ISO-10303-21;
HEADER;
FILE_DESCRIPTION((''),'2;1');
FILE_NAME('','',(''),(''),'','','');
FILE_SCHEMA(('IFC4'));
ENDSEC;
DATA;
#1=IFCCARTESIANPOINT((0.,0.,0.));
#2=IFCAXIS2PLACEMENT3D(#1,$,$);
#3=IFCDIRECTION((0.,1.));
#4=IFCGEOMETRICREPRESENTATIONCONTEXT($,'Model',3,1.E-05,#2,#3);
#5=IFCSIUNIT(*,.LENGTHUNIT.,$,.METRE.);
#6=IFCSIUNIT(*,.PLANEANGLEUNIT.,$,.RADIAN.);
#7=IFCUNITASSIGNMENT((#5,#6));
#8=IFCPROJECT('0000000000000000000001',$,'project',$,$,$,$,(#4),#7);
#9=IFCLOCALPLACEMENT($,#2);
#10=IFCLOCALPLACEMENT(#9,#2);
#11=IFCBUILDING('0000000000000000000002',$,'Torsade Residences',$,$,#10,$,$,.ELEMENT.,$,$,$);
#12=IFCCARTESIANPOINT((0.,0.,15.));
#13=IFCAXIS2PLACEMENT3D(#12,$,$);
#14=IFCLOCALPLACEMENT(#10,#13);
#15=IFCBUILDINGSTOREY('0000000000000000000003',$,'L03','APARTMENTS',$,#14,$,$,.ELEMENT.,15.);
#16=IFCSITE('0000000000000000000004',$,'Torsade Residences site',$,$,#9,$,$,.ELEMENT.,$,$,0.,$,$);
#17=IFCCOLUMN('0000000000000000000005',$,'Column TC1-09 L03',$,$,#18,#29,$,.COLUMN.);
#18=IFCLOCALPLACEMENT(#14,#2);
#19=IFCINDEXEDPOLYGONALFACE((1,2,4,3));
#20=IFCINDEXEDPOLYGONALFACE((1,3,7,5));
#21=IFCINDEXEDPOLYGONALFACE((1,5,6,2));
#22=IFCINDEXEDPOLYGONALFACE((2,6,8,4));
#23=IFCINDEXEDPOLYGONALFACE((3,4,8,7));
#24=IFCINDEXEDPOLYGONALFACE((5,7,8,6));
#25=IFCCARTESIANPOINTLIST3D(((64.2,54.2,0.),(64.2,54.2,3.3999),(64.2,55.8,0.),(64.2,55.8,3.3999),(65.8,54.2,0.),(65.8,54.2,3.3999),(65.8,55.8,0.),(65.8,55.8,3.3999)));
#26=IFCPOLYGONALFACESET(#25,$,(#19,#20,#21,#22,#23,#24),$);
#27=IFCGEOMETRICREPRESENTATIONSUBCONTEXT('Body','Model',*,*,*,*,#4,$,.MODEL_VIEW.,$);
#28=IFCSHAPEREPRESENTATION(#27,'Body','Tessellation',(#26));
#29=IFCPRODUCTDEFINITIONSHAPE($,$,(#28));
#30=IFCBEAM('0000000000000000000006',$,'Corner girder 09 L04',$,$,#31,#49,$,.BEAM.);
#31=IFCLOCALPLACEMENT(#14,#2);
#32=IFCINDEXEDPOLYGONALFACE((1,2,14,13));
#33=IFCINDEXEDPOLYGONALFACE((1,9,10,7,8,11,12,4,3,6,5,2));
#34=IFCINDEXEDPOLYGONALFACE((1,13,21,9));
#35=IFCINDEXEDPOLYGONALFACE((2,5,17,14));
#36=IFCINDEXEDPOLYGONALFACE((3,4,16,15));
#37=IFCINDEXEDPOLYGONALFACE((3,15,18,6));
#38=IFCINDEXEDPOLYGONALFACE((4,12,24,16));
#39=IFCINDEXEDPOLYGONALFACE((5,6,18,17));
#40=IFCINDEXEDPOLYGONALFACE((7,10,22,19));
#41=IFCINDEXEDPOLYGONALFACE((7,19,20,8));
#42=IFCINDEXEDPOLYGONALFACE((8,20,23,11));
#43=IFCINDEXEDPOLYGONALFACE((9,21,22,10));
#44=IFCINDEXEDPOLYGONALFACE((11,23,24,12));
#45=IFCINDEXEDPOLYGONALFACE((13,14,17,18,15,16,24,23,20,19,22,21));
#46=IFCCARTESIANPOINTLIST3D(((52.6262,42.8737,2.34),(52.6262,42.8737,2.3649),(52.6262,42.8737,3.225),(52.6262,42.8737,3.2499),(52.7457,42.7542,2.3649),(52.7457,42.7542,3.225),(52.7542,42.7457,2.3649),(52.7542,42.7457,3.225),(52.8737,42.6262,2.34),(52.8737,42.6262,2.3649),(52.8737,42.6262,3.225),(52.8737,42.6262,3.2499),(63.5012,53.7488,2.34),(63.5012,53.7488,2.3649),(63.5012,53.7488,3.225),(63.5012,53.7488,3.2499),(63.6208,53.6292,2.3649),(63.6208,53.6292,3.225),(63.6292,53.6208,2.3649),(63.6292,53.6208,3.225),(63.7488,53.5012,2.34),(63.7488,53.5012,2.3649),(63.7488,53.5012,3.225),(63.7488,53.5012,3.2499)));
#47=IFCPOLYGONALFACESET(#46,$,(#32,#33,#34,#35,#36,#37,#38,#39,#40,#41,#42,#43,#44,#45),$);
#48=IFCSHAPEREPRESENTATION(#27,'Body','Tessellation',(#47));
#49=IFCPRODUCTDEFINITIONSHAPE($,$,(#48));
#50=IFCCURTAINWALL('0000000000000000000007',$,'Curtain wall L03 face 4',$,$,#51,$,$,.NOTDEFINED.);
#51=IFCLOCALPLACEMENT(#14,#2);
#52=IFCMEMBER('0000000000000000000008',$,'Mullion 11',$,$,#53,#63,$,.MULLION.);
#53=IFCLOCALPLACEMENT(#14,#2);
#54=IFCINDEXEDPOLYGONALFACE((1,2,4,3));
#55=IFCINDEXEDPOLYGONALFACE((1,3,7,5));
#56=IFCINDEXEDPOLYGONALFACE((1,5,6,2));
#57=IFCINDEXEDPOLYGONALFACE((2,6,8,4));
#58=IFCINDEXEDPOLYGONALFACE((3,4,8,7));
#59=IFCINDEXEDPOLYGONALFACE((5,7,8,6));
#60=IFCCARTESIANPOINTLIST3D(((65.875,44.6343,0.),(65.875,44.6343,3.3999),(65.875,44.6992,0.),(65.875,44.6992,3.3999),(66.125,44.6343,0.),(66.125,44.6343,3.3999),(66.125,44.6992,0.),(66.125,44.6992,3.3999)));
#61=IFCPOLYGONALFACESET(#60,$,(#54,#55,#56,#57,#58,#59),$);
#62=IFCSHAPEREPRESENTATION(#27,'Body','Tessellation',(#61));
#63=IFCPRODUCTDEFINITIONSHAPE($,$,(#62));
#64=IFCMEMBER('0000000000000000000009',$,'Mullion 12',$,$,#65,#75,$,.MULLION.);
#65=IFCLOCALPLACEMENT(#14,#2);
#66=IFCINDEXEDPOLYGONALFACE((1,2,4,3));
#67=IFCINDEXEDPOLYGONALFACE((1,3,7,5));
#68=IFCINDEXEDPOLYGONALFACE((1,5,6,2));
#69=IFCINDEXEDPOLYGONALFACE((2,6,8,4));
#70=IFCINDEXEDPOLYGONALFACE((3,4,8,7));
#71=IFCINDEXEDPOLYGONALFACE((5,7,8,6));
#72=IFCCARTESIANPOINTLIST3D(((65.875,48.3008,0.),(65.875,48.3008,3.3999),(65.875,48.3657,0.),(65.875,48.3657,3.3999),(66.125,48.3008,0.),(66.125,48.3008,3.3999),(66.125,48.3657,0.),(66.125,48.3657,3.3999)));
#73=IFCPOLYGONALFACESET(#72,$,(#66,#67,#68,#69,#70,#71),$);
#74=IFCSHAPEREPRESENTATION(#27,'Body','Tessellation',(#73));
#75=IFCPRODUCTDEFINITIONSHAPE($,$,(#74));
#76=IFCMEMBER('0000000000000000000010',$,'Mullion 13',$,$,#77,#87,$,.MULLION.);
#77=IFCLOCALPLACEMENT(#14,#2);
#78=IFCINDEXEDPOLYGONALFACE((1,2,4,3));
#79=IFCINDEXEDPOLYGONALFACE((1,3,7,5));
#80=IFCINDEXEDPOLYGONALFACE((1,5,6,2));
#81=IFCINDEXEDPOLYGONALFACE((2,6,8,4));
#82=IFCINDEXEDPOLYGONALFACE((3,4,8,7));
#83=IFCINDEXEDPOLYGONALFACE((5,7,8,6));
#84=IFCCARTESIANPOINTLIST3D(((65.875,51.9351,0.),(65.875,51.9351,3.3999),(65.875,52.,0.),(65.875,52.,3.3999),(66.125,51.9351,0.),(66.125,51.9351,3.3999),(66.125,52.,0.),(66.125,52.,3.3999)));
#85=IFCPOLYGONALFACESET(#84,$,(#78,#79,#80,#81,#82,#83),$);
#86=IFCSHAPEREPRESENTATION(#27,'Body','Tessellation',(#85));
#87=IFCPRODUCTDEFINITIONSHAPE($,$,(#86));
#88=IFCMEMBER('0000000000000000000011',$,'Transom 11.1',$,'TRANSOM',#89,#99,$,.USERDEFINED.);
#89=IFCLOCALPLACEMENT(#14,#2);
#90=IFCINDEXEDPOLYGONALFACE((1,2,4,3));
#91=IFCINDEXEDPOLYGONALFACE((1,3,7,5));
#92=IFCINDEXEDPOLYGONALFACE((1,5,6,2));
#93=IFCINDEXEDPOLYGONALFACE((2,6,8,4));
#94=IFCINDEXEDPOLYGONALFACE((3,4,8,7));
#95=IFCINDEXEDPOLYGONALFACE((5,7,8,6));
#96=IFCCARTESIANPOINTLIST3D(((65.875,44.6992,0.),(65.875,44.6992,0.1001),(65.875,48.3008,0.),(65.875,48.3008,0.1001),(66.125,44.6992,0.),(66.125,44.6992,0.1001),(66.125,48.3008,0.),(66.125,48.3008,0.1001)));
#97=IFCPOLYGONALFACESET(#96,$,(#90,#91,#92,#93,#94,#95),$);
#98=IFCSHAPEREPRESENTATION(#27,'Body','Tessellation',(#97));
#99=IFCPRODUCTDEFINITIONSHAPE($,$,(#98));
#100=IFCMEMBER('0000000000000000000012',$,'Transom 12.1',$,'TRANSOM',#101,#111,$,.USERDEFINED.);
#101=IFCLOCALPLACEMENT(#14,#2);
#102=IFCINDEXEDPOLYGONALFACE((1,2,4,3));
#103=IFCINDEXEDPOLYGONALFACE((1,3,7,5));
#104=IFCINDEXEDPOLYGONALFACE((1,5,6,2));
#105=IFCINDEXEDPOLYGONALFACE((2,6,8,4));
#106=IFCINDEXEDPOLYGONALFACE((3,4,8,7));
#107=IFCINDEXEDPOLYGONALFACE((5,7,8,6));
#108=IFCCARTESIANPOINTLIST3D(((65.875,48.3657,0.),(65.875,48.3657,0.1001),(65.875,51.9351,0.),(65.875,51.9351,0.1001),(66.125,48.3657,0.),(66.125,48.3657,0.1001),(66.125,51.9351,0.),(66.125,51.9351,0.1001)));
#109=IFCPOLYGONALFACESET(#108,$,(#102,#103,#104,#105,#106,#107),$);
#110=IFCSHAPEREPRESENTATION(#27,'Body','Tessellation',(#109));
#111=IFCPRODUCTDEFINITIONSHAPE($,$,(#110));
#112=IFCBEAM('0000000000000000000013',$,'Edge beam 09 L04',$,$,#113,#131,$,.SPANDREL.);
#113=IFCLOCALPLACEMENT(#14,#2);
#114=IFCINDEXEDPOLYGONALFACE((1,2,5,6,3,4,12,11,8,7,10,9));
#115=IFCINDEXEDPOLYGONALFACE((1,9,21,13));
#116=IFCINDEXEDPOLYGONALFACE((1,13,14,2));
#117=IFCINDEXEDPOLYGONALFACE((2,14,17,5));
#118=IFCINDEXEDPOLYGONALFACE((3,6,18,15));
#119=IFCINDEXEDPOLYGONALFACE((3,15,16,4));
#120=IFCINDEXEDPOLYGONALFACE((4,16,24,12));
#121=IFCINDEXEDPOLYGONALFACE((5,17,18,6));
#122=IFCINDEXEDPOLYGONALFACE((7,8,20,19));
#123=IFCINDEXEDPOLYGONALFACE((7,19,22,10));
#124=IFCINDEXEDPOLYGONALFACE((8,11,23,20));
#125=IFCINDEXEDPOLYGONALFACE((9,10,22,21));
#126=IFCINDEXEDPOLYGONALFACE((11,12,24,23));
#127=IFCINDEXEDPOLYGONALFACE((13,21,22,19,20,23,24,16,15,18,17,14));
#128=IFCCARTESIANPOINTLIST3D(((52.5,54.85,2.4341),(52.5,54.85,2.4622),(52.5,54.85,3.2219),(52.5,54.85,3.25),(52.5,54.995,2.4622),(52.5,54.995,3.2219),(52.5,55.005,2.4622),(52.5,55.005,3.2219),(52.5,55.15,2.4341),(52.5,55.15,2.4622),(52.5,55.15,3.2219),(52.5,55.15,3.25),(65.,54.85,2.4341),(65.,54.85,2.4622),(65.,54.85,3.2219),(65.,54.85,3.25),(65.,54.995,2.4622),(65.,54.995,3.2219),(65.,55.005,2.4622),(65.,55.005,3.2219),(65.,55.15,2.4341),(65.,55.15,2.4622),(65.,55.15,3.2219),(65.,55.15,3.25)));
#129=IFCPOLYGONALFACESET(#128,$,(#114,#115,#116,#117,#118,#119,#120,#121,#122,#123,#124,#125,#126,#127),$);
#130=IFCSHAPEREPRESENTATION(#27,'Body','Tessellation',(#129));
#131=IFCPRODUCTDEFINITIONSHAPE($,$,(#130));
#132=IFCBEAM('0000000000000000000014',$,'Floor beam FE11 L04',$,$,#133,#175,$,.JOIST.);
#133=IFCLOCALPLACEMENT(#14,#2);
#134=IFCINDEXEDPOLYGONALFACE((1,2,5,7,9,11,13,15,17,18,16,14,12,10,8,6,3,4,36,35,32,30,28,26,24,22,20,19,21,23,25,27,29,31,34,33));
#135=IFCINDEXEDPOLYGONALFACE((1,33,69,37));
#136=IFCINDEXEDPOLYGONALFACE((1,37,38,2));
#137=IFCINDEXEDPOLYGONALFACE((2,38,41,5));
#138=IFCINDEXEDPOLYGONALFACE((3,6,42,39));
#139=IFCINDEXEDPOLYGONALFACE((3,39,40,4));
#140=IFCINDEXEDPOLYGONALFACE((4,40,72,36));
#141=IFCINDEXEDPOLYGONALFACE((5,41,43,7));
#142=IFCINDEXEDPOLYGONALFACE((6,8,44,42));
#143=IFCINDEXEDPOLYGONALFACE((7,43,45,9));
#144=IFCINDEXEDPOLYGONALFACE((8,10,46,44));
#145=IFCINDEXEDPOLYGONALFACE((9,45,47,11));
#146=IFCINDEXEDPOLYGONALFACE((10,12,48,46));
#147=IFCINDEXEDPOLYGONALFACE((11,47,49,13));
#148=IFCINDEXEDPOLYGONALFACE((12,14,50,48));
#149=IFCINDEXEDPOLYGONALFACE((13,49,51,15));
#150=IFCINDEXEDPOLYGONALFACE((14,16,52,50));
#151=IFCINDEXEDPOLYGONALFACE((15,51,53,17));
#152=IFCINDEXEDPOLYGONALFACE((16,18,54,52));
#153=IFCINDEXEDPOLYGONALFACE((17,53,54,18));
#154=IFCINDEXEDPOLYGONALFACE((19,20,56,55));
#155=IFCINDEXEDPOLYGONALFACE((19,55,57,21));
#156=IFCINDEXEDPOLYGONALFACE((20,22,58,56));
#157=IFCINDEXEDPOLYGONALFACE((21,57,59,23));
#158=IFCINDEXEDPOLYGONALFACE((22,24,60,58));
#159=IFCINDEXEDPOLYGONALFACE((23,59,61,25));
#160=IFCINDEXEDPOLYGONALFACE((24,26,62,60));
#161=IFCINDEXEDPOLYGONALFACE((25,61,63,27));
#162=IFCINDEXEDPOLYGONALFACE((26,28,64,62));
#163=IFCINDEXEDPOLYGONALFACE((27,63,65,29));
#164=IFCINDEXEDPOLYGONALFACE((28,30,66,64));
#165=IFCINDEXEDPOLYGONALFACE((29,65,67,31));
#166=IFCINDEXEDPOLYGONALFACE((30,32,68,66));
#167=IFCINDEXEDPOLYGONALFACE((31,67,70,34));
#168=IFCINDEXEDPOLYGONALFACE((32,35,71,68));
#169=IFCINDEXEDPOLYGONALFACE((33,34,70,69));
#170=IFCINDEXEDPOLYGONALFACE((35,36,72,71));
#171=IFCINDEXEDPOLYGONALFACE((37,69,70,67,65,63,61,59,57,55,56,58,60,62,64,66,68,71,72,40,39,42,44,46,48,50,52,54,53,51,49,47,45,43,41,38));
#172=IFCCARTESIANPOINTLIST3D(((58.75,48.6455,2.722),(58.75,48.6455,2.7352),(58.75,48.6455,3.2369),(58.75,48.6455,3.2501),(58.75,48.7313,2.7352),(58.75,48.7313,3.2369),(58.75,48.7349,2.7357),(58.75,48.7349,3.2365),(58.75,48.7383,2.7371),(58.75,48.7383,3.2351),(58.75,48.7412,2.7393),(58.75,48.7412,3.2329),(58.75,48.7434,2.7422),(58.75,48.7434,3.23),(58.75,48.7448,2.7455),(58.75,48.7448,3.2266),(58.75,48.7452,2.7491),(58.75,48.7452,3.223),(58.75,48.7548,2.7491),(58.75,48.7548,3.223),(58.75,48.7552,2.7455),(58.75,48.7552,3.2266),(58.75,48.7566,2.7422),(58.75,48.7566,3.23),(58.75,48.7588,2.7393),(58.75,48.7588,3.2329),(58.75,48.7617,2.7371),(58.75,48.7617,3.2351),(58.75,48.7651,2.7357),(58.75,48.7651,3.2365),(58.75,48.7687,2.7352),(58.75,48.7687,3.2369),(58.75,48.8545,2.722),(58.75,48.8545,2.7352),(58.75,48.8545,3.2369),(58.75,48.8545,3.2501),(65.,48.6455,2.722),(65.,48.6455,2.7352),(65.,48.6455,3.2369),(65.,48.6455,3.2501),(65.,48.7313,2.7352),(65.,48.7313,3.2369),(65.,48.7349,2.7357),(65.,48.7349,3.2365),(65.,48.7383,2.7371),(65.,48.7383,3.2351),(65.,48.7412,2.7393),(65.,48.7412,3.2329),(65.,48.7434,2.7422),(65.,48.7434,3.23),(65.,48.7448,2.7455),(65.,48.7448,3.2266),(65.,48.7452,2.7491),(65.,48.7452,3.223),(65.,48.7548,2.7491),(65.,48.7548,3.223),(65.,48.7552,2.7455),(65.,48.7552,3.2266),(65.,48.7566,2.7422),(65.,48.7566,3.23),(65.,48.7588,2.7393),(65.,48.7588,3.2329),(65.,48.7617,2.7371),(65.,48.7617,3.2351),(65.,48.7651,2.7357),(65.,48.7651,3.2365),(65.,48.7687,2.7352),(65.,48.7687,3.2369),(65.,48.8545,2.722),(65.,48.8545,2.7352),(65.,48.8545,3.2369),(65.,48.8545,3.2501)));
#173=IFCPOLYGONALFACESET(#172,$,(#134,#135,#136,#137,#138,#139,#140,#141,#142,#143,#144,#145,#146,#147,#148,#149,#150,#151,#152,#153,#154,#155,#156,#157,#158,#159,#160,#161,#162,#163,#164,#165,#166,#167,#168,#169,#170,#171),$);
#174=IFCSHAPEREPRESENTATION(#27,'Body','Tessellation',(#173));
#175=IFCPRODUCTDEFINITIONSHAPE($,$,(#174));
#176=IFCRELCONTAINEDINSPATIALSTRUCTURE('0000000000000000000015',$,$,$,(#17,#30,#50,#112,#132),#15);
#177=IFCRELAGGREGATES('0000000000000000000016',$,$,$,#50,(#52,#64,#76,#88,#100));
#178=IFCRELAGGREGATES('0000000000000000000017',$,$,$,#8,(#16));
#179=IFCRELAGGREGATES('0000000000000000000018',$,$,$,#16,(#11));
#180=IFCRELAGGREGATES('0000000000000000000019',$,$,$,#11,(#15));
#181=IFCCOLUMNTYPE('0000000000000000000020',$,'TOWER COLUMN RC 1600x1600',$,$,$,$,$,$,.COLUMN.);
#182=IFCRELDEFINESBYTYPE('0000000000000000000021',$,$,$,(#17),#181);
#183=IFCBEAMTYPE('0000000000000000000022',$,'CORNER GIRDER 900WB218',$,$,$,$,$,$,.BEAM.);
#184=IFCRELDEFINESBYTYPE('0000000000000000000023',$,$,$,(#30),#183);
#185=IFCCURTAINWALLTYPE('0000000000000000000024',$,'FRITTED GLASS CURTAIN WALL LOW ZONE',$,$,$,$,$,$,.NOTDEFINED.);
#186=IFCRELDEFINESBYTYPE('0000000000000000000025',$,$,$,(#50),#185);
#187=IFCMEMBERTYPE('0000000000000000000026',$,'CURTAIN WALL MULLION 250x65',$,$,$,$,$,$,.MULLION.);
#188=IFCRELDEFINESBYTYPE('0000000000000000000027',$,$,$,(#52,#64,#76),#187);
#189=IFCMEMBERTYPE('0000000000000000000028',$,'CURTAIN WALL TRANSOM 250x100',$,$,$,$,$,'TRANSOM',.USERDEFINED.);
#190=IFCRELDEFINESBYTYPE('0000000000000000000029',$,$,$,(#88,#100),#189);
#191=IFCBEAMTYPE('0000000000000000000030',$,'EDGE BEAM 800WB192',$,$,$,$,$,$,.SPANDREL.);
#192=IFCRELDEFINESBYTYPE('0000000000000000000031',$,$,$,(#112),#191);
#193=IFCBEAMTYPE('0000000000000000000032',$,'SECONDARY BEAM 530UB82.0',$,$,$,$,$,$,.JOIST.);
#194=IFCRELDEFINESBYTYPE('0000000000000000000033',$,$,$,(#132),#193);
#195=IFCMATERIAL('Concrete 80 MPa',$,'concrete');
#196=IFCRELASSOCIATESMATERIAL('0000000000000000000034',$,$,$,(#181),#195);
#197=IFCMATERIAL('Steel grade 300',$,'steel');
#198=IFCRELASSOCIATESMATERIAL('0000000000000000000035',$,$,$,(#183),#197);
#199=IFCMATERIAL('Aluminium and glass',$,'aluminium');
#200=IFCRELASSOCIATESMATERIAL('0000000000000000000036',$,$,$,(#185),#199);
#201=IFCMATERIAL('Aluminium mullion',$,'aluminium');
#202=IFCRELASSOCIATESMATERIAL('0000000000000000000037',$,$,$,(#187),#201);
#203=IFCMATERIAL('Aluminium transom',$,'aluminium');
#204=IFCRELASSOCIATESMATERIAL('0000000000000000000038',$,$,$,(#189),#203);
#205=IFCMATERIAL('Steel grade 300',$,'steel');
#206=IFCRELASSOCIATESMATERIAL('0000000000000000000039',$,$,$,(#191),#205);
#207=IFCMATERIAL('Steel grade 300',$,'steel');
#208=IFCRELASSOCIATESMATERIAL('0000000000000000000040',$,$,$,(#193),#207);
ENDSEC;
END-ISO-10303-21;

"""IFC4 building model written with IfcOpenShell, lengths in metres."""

from ifc_helpers import new_model, si_unit, direction, frame, origin, origin_2d, place, context, subcontext, project, spatial, rectangle, i_section, extrude, material, material_profile, profile_set, type_object, element, aggregate, save


model = new_model("IFC4")

# Units and contexts
model_context = context("Model", 3, precision=1e-05, world=origin(), true_north=direction((0.0, 1.0)))
body_context = subcontext(model_context, "Body", "Model", "MODEL_VIEW")
ifc_project = project(units=[si_unit("LENGTHUNIT", "METRE"), si_unit("PLANEANGLEUNIT", "RADIAN")], contexts=[model_context])

# Site, building, storey
site_placement = place(None, origin())
site = spatial("IfcSite", under=ifc_project, at=site_placement, Name="Torsade Residences site", CompositionType="ELEMENT", RefElevation=0.0)
building_placement = place(site_placement, origin())
building = spatial("IfcBuilding", under=site, at=building_placement, Name="Torsade Residences", CompositionType="ELEMENT")
storey_placement = place(building_placement, frame((0.0, 0.0, 15.0)))
storey = spatial("IfcBuildingStorey", under=building, at=storey_placement, Name="L03", Description="APARTMENTS", CompositionType="ELEMENT", Elevation=15.0)

# Column
ifc_material_1 = material(Name="Concrete 80 MPa", Category="concrete")
ifc_material_profile_1 = material_profile(ifc_material_1, rectangle(XDim=1.6001, YDim=1.6001, at=origin_2d()), Name="RC 1600x1600")
ifc_profile_set_1 = profile_set([ifc_material_profile_1], Name="Concrete 80 MPa")
column_type = type_object("IfcColumnType", Name="TOWER COLUMN RC 1600x1600", PredefinedType="COLUMN", material=ifc_profile_set_1)
column_placement = place(storey_placement, frame((65.0, 55.0, 0.0), z_axis=(0.0, 0.0, 1.0), x_axis=(1.0, 0.0, 0.0)))
element("IfcColumn", 1, at=column_placement, inside=storey, type_object=column_type, Name="Column TC1-09 L03", PredefinedType="COLUMN", context=body_context, shape_type="SweptSolid", body=[
    extrude(rectangle(XDim=1.6001, YDim=1.6001, at=origin_2d()), origin(), (0.0, 0.0, 1.0), 3.3999),
])

# Beam
ifc_material_2 = material(Name="Steel grade 300", Category="steel")
ifc_material_profile_2 = material_profile(ifc_material_2, i_section(OverallWidth=0.3501, OverallDepth=0.9099, WebThickness=0.012, FlangeThickness=0.0249, at=origin_2d()), Name="900WB218")
ifc_profile_set_2 = profile_set([ifc_material_profile_2], Name="Steel grade 300")
beam_type_1 = type_object("IfcBeamType", Name="CORNER GIRDER 900WB218", PredefinedType="BEAM", material=ifc_profile_set_2)
beam_1_placement = place(storey_placement, frame((63.625, 53.625, 2.7949), z_axis=(-0.707107, -0.707107, 0.0), x_axis=(0.707107, -0.707107, 0.0)))
element("IfcBeam", 2, at=beam_1_placement, inside=storey, type_object=beam_type_1, Name="Corner girder 09 L04", PredefinedType="BEAM", context=body_context, shape_type="SweptSolid", body=[
    extrude(i_section(OverallWidth=0.3501, OverallDepth=0.9099, WebThickness=0.012, FlangeThickness=0.0249, at=origin_2d()), origin(), (0.0, 0.0, 1.0), 15.3796),
])

# Curtain wall, members
ifc_material_3 = material(Name="Aluminium and glass", Category="aluminium")
curtain_wall_type = type_object("IfcCurtainWallType", Name="FRITTED GLASS CURTAIN WALL LOW ZONE", PredefinedType="NOTDEFINED", material=ifc_material_3)
curtain_wall_placement = place(storey_placement, origin())
curtain_wall = element("IfcCurtainWall", 3, at=curtain_wall_placement, inside=storey, type_object=curtain_wall_type, Name="Curtain wall L03 face 4", PredefinedType="NOTDEFINED")
ifc_material_4 = material(Name="Aluminium mullion", Category="aluminium")
ifc_material_profile_3 = material_profile(ifc_material_4, rectangle(XDim=0.25, YDim=0.0649, at=origin_2d()), Name="CURTAIN WALL MULLION 250x65")
ifc_profile_set_3 = profile_set([ifc_material_profile_3], Name="Aluminium mullion")
member_type_1 = type_object("IfcMemberType", Name="CURTAIN WALL MULLION 250x65", PredefinedType="MULLION", material=ifc_profile_set_3)
member_1_placement = place(storey_placement, frame((66.0, 44.6667, 0.0), z_axis=(0.0, 0.0, 1.0), x_axis=(-1.0, 0.0, 0.0)))
member_1 = element("IfcMember", 4, at=member_1_placement, type_object=member_type_1, Name="Mullion 11", PredefinedType="MULLION", context=body_context, shape_type="SweptSolid", body=[
    extrude(rectangle(XDim=0.25, YDim=0.0649, at=origin_2d()), origin(), (0.0, 0.0, 1.0), 3.3999),
])
member_2_placement = place(storey_placement, frame((66.0, 48.3333, 0.0), z_axis=(0.0, 0.0, 1.0), x_axis=(-1.0, 0.0, 0.0)))
member_2 = element("IfcMember", 5, at=member_2_placement, type_object=member_type_1, Name="Mullion 12", PredefinedType="MULLION", context=body_context, shape_type="SweptSolid", body=[
    extrude(rectangle(XDim=0.25, YDim=0.0649, at=origin_2d()), origin(), (0.0, 0.0, 1.0), 3.3999),
])
member_3_placement = place(storey_placement, frame((66.0, 51.9675, 0.0), z_axis=(0.0, 0.0, 1.0), x_axis=(-1.0, 0.0, 0.0)))
member_3 = element("IfcMember", 6, at=member_3_placement, type_object=member_type_1, Name="Mullion 13", PredefinedType="MULLION", context=body_context, shape_type="SweptSolid", body=[
    extrude(rectangle(XDim=0.25, YDim=0.0649, at=origin_2d()), origin(), (0.0, 0.0, 1.0), 3.3999),
])
ifc_material_5 = material(Name="Aluminium transom", Category="aluminium")
ifc_material_profile_4 = material_profile(ifc_material_5, rectangle(XDim=0.25, YDim=0.1001, at=origin_2d()), Name="CURTAIN WALL TRANSOM 250x100")
ifc_profile_set_4 = profile_set([ifc_material_profile_4], Name="Aluminium transom")
member_type_2 = type_object("IfcMemberType", Name="CURTAIN WALL TRANSOM 250x100", ElementType="TRANSOM", PredefinedType="USERDEFINED", material=ifc_profile_set_4)
member_4_placement = place(storey_placement, frame((66.0, 44.6992, 0.05), z_axis=(0.0, 1.0, 0.0), x_axis=(-1.0, 0.0, 0.0)))
member_4 = element("IfcMember", 7, at=member_4_placement, type_object=member_type_2, Name="Transom 11.1", ObjectType="TRANSOM", PredefinedType="USERDEFINED", context=body_context, shape_type="SweptSolid", body=[
    extrude(rectangle(XDim=0.25, YDim=0.1001, at=origin_2d()), origin(), (0.0, 0.0, 1.0), 3.6016),
])
member_5_placement = place(storey_placement, frame((66.0, 48.3657, 0.05), z_axis=(0.0, 1.0, 0.0), x_axis=(-1.0, 0.0, 0.0)))
member_5 = element("IfcMember", 8, at=member_5_placement, type_object=member_type_2, Name="Transom 12.1", ObjectType="TRANSOM", PredefinedType="USERDEFINED", context=body_context, shape_type="SweptSolid", body=[
    extrude(rectangle(XDim=0.25, YDim=0.1001, at=origin_2d()), origin(), (0.0, 0.0, 1.0), 3.5693),
])

# Beams
ifc_material_6 = material(Name="Steel grade 300", Category="steel")
ifc_material_profile_5 = material_profile(ifc_material_6, i_section(OverallWidth=0.3, OverallDepth=0.8159, WebThickness=0.01, FlangeThickness=0.0281, at=origin_2d()), Name="800WB192")
ifc_profile_set_5 = profile_set([ifc_material_profile_5], Name="Steel grade 300")
beam_type_2 = type_object("IfcBeamType", Name="EDGE BEAM 800WB192", PredefinedType="SPANDREL", material=ifc_profile_set_5)
beam_2_placement = place(storey_placement, frame((65.0, 55.0, 2.842), z_axis=(-1.0, 0.0, 0.0), x_axis=(0.0, -1.0, 0.0)))
element("IfcBeam", 9, at=beam_2_placement, inside=storey, type_object=beam_type_2, Name="Edge beam 09 L04", PredefinedType="SPANDREL", context=body_context, shape_type="SweptSolid", body=[
    extrude(i_section(OverallWidth=0.3, OverallDepth=0.8159, WebThickness=0.01, FlangeThickness=0.0281, at=origin_2d()), origin(), (0.0, 0.0, 1.0), 12.5),
])
ifc_material_7 = material(Name="Steel grade 300", Category="steel")
ifc_material_profile_6 = material_profile(ifc_material_7, i_section(OverallWidth=0.209, OverallDepth=0.5281, WebThickness=0.0095, FlangeThickness=0.0132, FilletRadius=0.0139, at=origin_2d()), Name="530UB82.0")
ifc_profile_set_6 = profile_set([ifc_material_profile_6], Name="Steel grade 300")
beam_type_3 = type_object("IfcBeamType", Name="SECONDARY BEAM 530UB82.0", PredefinedType="JOIST", material=ifc_profile_set_6)
beam_3_placement = place(storey_placement, frame((65.0, 48.75, 2.9861), z_axis=(-1.0, 0.0, 0.0), x_axis=(0.0, -1.0, 0.0)))
element("IfcBeam", 10, at=beam_3_placement, inside=storey, type_object=beam_type_3, Name="Floor beam FE11 L04", PredefinedType="JOIST", context=body_context, shape_type="SweptSolid", body=[
    extrude(i_section(OverallWidth=0.209, OverallDepth=0.5281, WebThickness=0.0095, FlangeThickness=0.0132, FilletRadius=0.0139, at=origin_2d()), origin(), (0.0, 0.0, 1.0), 6.25),
])

aggregate(curtain_wall, [member_1, member_2, member_3, member_4, member_5])

save(model, "model.ifc")
